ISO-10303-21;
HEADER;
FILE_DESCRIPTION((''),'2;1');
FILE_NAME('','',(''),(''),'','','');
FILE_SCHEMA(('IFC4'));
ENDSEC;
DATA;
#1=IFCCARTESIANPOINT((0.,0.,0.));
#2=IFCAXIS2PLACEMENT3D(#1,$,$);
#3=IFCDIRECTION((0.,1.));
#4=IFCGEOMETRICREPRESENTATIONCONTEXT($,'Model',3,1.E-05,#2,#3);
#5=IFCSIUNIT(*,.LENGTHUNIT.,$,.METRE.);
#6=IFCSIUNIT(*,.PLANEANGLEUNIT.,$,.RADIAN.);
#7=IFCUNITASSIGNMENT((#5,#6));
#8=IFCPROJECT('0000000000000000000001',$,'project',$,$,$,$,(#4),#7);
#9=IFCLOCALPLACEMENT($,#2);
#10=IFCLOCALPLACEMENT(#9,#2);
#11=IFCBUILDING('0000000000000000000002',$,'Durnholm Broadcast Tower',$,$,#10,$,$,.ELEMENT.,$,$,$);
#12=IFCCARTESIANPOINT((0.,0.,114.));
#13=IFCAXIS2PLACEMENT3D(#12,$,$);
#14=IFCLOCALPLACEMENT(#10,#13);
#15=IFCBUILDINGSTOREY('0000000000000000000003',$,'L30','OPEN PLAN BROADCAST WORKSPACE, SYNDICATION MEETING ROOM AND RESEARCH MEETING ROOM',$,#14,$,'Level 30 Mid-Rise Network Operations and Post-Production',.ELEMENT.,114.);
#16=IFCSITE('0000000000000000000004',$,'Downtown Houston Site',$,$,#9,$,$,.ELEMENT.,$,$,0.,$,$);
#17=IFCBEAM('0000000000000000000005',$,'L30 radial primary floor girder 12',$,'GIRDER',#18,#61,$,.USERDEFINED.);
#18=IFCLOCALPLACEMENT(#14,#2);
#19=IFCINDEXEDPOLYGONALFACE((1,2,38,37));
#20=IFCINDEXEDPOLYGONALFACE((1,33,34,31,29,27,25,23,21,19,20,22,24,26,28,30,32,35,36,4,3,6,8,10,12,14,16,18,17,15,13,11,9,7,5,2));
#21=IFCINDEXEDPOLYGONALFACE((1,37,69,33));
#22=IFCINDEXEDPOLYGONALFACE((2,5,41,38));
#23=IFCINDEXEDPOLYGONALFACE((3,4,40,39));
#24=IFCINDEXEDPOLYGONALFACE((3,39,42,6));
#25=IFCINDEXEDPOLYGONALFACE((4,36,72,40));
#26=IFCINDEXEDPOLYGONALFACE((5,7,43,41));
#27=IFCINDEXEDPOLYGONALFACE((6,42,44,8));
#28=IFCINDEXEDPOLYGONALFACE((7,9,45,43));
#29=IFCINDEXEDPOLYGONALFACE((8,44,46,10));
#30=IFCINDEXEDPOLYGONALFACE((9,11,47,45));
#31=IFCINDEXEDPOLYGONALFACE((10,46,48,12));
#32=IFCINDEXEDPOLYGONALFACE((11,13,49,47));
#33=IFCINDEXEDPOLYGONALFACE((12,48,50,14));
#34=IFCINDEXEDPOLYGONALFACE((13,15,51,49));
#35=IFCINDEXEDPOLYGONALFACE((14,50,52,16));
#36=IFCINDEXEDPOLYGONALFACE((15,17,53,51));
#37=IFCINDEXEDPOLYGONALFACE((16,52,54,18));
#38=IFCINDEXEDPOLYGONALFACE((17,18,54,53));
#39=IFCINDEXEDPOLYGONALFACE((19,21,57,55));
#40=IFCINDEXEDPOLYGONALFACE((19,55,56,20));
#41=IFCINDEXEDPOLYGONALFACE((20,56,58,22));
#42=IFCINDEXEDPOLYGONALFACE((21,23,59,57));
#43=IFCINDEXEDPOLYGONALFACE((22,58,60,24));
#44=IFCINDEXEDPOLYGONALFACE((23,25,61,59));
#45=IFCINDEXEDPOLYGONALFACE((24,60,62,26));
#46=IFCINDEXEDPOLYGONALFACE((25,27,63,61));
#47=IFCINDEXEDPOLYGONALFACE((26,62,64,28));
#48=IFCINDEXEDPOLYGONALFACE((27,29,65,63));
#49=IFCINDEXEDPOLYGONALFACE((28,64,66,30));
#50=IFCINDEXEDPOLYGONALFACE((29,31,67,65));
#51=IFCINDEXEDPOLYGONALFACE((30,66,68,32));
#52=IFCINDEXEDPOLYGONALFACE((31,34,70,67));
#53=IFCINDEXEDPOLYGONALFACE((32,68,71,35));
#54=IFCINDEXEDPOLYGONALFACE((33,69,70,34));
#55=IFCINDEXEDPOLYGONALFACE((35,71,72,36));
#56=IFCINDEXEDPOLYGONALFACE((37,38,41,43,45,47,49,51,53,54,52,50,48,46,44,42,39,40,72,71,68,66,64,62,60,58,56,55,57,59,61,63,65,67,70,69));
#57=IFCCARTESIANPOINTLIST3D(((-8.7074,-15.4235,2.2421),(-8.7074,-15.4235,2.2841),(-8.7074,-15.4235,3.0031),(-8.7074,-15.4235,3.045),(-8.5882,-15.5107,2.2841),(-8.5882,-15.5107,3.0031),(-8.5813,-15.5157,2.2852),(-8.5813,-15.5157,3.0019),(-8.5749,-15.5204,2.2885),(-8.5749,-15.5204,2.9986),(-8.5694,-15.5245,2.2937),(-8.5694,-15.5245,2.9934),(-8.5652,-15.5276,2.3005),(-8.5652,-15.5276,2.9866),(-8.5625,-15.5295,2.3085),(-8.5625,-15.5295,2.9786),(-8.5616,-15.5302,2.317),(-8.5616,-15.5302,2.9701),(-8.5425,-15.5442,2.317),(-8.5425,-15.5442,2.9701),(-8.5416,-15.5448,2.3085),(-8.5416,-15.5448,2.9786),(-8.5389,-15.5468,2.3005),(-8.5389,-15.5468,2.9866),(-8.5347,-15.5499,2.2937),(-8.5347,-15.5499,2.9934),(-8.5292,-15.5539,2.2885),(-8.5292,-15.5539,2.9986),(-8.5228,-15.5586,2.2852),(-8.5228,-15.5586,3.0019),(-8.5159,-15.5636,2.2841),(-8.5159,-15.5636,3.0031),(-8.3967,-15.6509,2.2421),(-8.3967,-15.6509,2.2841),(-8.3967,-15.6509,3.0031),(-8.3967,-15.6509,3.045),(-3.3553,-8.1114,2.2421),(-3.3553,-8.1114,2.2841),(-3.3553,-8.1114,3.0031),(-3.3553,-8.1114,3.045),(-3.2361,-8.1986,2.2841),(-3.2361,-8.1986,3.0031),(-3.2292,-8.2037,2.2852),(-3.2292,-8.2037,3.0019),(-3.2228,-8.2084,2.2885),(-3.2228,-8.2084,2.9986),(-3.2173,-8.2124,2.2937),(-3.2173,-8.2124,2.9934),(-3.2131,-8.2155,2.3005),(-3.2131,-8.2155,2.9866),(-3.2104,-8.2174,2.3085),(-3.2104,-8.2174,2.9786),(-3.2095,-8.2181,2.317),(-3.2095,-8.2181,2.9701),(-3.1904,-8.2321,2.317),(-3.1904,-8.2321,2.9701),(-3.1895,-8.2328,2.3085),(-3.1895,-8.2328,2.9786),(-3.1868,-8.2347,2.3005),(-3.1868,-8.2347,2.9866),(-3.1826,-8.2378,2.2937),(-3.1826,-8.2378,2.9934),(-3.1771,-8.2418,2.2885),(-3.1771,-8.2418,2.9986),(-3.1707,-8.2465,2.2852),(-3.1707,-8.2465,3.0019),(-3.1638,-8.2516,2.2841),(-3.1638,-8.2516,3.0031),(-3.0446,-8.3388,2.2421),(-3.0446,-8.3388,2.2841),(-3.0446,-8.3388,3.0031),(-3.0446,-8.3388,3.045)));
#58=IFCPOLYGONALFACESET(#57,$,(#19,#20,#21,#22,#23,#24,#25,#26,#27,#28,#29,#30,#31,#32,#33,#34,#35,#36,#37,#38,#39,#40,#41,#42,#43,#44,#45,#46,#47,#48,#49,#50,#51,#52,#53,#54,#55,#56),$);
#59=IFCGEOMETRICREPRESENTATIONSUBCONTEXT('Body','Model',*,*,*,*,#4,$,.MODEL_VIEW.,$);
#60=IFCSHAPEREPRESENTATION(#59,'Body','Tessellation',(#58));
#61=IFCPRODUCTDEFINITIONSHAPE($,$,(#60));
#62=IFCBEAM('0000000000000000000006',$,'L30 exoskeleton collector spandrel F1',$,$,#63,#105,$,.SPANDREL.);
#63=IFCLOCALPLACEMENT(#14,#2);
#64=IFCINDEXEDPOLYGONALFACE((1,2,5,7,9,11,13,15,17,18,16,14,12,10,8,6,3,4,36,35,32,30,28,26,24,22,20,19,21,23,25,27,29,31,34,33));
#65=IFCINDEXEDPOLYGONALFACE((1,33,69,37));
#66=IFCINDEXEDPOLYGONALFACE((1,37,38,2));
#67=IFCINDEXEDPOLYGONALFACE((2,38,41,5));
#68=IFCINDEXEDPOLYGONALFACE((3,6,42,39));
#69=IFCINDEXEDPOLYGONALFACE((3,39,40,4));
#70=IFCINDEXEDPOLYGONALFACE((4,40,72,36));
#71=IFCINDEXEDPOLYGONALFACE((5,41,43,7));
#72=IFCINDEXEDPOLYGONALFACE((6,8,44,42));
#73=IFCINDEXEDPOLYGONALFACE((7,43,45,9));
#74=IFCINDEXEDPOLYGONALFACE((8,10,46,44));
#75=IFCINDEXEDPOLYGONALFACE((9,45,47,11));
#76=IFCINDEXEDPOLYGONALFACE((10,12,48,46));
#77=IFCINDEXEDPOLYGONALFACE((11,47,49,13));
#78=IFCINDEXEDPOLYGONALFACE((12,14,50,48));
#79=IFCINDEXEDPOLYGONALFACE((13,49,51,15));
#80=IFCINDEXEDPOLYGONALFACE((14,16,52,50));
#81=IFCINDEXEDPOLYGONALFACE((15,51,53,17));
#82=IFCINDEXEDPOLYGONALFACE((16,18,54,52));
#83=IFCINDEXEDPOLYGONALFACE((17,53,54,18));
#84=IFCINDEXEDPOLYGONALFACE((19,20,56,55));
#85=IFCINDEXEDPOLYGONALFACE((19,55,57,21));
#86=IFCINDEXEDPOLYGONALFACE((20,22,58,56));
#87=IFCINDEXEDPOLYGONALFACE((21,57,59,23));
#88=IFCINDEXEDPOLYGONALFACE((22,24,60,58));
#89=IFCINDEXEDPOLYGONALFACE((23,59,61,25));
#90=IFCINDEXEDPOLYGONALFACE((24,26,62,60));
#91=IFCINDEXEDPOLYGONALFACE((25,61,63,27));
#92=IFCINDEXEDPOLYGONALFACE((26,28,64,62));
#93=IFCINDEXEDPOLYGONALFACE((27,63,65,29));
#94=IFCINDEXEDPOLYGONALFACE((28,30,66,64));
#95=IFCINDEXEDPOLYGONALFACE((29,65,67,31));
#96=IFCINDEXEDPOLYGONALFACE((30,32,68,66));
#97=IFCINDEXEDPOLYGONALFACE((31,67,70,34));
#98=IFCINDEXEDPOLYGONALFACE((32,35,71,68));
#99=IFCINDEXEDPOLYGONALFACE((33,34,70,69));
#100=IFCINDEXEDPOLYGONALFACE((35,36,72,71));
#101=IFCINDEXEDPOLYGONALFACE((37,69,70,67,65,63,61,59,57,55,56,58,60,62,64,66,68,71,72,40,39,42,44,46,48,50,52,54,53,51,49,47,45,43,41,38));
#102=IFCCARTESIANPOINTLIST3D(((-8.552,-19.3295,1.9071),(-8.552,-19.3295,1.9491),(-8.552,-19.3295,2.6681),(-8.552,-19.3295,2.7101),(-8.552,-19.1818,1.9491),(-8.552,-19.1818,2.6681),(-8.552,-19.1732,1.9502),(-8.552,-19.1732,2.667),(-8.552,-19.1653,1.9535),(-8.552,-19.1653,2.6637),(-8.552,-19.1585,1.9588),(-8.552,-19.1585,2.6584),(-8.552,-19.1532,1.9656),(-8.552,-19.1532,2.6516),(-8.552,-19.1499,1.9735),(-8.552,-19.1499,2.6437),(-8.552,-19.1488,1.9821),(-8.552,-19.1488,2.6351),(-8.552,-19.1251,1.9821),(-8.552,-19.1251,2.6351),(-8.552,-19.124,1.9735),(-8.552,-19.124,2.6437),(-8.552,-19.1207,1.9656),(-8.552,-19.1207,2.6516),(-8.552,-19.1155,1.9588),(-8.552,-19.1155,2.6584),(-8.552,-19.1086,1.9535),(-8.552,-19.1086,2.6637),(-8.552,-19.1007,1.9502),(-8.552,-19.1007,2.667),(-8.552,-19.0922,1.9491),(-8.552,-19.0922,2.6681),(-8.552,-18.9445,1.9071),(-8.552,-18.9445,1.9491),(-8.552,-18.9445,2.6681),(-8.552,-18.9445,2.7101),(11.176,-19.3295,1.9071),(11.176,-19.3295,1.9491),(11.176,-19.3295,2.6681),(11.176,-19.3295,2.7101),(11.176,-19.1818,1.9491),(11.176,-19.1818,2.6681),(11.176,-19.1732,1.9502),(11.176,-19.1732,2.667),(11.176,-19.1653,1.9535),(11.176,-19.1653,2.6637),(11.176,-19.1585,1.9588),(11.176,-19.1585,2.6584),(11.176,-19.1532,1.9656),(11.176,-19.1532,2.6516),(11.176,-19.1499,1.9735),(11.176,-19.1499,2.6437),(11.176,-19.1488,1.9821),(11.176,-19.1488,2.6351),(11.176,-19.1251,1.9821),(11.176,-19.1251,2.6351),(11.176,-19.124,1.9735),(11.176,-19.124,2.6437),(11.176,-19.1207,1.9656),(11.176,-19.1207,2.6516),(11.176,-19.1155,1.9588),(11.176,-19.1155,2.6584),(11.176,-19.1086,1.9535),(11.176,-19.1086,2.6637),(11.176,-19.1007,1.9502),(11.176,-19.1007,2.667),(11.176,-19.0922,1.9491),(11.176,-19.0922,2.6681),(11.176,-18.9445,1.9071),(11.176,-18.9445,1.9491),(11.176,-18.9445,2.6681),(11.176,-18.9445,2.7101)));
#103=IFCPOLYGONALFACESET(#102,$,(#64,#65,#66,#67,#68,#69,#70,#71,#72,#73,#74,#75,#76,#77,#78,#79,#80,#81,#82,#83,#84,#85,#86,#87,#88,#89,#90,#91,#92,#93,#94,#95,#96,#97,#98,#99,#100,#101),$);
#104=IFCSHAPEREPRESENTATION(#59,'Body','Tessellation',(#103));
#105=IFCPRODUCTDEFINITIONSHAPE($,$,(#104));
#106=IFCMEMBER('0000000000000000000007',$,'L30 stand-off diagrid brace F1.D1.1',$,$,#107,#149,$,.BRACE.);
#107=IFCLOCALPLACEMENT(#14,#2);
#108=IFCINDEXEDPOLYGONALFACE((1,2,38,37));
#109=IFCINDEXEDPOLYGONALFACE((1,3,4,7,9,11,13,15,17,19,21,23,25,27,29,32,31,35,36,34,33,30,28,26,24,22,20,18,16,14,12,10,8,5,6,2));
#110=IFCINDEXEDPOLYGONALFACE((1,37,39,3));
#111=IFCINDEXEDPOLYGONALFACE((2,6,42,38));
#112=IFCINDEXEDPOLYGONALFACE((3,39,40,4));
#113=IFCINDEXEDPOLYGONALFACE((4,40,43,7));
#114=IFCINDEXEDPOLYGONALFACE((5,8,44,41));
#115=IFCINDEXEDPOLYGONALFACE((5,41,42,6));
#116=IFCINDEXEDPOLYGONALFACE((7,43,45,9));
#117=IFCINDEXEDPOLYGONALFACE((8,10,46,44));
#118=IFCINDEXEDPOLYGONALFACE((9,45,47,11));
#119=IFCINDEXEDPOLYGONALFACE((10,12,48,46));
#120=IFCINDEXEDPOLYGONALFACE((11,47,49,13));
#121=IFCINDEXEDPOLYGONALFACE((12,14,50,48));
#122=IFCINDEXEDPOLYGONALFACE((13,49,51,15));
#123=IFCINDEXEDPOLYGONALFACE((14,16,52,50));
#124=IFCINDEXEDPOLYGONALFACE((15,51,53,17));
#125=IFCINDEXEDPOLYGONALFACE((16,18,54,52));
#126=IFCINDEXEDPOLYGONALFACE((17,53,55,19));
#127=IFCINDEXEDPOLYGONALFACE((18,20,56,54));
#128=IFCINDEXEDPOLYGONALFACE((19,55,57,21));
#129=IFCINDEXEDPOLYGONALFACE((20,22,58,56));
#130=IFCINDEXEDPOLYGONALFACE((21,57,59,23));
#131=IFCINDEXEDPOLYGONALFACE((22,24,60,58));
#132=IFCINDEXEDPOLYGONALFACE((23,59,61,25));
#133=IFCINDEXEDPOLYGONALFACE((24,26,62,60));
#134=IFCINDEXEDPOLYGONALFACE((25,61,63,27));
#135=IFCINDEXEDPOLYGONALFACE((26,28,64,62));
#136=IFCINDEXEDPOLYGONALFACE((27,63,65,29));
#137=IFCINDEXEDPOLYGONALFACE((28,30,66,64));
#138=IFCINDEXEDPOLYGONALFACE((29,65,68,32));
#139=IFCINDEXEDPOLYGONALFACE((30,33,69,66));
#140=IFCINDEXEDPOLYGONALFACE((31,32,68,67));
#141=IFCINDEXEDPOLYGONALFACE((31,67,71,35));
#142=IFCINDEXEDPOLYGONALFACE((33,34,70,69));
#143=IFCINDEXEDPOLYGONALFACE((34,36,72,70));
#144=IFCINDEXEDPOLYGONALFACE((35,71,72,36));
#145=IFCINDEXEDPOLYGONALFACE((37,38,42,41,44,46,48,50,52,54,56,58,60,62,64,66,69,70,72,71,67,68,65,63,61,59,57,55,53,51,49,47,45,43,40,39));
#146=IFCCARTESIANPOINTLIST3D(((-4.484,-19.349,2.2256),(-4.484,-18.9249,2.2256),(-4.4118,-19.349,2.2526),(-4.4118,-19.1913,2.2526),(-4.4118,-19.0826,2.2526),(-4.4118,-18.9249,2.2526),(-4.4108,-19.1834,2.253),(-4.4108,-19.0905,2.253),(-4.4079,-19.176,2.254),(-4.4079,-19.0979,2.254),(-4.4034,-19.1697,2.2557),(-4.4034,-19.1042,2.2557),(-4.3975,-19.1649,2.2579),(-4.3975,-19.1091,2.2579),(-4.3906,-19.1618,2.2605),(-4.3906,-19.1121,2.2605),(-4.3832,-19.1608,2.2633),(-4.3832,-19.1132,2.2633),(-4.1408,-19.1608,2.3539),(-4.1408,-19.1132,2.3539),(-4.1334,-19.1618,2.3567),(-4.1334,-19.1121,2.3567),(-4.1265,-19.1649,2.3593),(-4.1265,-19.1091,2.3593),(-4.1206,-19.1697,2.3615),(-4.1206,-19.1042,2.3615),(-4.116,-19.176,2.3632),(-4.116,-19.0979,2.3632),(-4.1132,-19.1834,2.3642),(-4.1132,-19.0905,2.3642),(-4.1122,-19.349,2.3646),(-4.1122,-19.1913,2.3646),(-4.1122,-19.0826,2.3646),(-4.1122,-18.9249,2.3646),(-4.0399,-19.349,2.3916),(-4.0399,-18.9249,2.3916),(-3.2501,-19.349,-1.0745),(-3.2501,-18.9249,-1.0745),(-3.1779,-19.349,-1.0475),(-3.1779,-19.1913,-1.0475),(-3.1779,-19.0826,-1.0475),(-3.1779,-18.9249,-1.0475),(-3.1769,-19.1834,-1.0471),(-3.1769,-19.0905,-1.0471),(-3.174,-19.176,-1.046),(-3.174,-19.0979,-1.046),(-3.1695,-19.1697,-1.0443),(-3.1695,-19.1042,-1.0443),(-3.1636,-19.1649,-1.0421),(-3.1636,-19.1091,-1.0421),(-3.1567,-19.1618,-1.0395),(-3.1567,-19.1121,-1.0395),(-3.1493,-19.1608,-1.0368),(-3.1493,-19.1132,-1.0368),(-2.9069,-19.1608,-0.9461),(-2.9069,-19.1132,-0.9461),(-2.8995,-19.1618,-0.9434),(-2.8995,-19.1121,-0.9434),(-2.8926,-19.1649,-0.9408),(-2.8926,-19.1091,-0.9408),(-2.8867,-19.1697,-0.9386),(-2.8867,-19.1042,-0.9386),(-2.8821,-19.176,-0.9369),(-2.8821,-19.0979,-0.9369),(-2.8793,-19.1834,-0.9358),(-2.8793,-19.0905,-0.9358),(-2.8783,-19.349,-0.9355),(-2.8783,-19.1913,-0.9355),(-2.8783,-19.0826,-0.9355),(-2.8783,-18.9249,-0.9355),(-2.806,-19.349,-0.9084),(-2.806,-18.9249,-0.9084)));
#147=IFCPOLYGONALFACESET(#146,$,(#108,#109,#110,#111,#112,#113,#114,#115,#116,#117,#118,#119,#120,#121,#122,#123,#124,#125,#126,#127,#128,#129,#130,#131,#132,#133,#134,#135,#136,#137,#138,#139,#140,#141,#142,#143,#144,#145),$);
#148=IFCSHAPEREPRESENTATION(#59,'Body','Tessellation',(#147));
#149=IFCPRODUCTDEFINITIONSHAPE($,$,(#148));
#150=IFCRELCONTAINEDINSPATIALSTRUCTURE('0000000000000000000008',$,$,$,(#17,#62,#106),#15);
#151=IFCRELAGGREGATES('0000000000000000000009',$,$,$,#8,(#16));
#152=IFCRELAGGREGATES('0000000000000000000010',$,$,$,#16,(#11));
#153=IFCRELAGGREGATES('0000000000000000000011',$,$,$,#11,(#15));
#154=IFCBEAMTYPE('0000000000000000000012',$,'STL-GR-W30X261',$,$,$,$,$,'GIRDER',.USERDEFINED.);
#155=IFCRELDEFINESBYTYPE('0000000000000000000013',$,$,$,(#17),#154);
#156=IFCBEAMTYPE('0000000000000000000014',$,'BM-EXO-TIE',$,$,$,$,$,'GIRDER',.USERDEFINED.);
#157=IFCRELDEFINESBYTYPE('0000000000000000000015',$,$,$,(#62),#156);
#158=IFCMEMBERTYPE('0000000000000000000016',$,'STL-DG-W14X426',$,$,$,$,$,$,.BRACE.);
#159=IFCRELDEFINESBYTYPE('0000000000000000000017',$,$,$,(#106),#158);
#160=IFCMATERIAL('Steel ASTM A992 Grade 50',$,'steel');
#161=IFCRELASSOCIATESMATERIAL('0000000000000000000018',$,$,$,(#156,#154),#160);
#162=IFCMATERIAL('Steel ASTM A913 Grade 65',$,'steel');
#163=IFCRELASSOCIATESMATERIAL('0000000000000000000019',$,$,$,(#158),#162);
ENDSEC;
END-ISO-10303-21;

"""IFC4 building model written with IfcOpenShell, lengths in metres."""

from ifc_helpers import new_model, si_unit, direction, frame, origin, origin_2d, place, context, subcontext, project, spatial, i_section, extrude, source, transform, mapped, material, material_profile, profile_set, type_object, type_shapes, element, save


model = new_model("IFC4")

# Units and contexts
model_context = context("Model", 3, precision=1e-05, world=origin(), true_north=direction((0.0, 1.0)))
body_context = subcontext(model_context, "Body", "Model", "MODEL_VIEW")
ifc_project = project(units=[si_unit("LENGTHUNIT", "METRE"), si_unit("PLANEANGLEUNIT", "RADIAN")], contexts=[model_context])

# Site, building, storey
site_placement = place(None, origin())
site = spatial("IfcSite", under=ifc_project, at=site_placement, Name="Downtown Houston Site", CompositionType="ELEMENT", RefElevation=0.0)
building_placement = place(site_placement, origin())
building = spatial("IfcBuilding", under=site, at=building_placement, Name="Durnholm Broadcast Tower", CompositionType="ELEMENT")
storey_placement = place(building_placement, frame((0.0, 0.0, 114.0)))
storey = spatial("IfcBuildingStorey", under=building, at=storey_placement, Name="L30", Description="OPEN PLAN BROADCAST WORKSPACE, SYNDICATION MEETING ROOM AND RESEARCH MEETING ROOM", LongName="Level 30 Mid-Rise Network Operations and Post-Production", CompositionType="ELEMENT", Elevation=114.0)

# Beams
ifc_material_1 = material(Name="Steel ASTM A992 Grade 50", Category="steel")
ifc_material_profile_1 = material_profile(ifc_material_1, i_section(OverallWidth=0.385, OverallDepth=0.803, WebThickness=0.0237, FlangeThickness=0.042, FilletRadius=0.033, at=origin_2d()), Name="W30X261")
ifc_profile_set_1 = profile_set([ifc_material_profile_1], Name="Steel ASTM A992 Grade 50")
beam_type_1 = type_object("IfcBeamType", Name="BM-EXO-TIE", ElementType="GIRDER", PredefinedType="USERDEFINED", material=ifc_profile_set_1)
ifc_material_profile_2 = material_profile(ifc_material_1, i_section(OverallWidth=0.385, OverallDepth=0.803, WebThickness=0.0237, FlangeThickness=0.042, FilletRadius=0.033, at=origin_2d()), Name="W30X261")
ifc_profile_set_2 = profile_set([ifc_material_profile_2], Name="Steel ASTM A992 Grade 50")
beam_type_2 = type_object("IfcBeamType", Name="STL-GR-W30X261", ElementType="GIRDER", PredefinedType="USERDEFINED", material=ifc_profile_set_2)
shared_shape_1 = source(origin(), body_context, "Body", "SweptSolid", [
    extrude(i_section(OverallWidth=0.385, OverallDepth=0.803, WebThickness=0.0237, FlangeThickness=0.042, FilletRadius=0.033, at=origin_2d()), origin(), (0.0, 0.0, 1.0), 9.0615),
])
beam_1_placement = place(storey_placement, frame((-3.2, -8.2251, 2.6436), z_axis=(-0.590639, -0.806936, 0.0), x_axis=(0.806936, -0.590639, 0.0)))
element("IfcBeam", 1, at=beam_1_placement, inside=storey, type_object=beam_type_2, Name="L30 radial primary floor girder 12", ObjectType="GIRDER", PredefinedType="USERDEFINED", context=body_context, shape_type="MappedRepresentation", body=[
    mapped(shared_shape_1, transform((0.0, 0.0, 0.0), x_axis=(1.0, 0.0, 0.0), y_axis=(0.0, 1.0, 0.0), z_axis=(0.0, 0.0, 1.0), scale=1.0)),
])
shared_shape_2 = source(origin(), body_context, "Body", "SweptSolid", [
    extrude(i_section(OverallWidth=0.385, OverallDepth=0.803, WebThickness=0.0237, FlangeThickness=0.042, FilletRadius=0.033, at=origin_2d()), origin(), (0.0, 0.0, 1.0), 19.728),
])
beam_2_placement = place(storey_placement, frame((-8.552, -19.137, 2.3086), z_axis=(1.0, 0.0, 0.0), x_axis=(0.0, 1.0, 0.0)))
element("IfcBeam", 2, at=beam_2_placement, inside=storey, type_object=beam_type_1, Name="L30 exoskeleton collector spandrel F1", PredefinedType="SPANDREL", context=body_context, shape_type="MappedRepresentation", body=[
    mapped(shared_shape_2, transform((0.0, 0.0, 0.0), x_axis=(1.0, 0.0, 0.0), y_axis=(0.0, 1.0, 0.0), z_axis=(0.0, 0.0, 1.0), scale=1.0)),
])

# Member
ifc_material_2 = material(Name="Steel ASTM A913 Grade 65", Category="steel")
ifc_material_profile_3 = material_profile(ifc_material_2, i_section(OverallWidth=0.4241, OverallDepth=0.4741, WebThickness=0.0476, FlangeThickness=0.0771, FilletRadius=0.0305, at=origin_2d()), Name="W14X426")
ifc_profile_set_3 = profile_set([ifc_material_profile_3], Name="Steel ASTM A913 Grade 65")
member_type_1 = type_object("IfcMemberType", Name="STL-DG-W14X426", PredefinedType="BRACE", material=ifc_profile_set_3)
shared_shape_3 = source(origin(), body_context, "Body", "SweptSolid", [
    extrude(i_section(OverallWidth=0.4241, OverallDepth=0.4741, WebThickness=0.0476, FlangeThickness=0.0771, FilletRadius=0.0305, at=origin_2d()), origin(), (0.0, 0.0, 1.0), 3.5232),
])
type_shapes(member_type_1, [shared_shape_3])
for number, where, z_axis, x_axis, name in (
    (3, (-3.0281, -19.137, -0.9915), (-0.35022, 0.0, 0.936668), (0.0, -1.0, 0.0), "L30 stand-off diagrid brace F1.D1.1"),
):
    element("IfcMember", number, at=place(storey_placement, frame(where, z_axis=z_axis, x_axis=x_axis)), inside=storey, type_object=member_type_1, Name=name, PredefinedType="BRACE", context=body_context, shape_type="MappedRepresentation", body=[
        mapped(shared_shape_3, transform((0.0, 0.0, 0.0), x_axis=(1.0, 0.0, 0.0), y_axis=(0.0, 1.0, 0.0), z_axis=(0.0, 0.0, 1.0), scale=1.0)),
    ])

save(model, "model.ifc")
